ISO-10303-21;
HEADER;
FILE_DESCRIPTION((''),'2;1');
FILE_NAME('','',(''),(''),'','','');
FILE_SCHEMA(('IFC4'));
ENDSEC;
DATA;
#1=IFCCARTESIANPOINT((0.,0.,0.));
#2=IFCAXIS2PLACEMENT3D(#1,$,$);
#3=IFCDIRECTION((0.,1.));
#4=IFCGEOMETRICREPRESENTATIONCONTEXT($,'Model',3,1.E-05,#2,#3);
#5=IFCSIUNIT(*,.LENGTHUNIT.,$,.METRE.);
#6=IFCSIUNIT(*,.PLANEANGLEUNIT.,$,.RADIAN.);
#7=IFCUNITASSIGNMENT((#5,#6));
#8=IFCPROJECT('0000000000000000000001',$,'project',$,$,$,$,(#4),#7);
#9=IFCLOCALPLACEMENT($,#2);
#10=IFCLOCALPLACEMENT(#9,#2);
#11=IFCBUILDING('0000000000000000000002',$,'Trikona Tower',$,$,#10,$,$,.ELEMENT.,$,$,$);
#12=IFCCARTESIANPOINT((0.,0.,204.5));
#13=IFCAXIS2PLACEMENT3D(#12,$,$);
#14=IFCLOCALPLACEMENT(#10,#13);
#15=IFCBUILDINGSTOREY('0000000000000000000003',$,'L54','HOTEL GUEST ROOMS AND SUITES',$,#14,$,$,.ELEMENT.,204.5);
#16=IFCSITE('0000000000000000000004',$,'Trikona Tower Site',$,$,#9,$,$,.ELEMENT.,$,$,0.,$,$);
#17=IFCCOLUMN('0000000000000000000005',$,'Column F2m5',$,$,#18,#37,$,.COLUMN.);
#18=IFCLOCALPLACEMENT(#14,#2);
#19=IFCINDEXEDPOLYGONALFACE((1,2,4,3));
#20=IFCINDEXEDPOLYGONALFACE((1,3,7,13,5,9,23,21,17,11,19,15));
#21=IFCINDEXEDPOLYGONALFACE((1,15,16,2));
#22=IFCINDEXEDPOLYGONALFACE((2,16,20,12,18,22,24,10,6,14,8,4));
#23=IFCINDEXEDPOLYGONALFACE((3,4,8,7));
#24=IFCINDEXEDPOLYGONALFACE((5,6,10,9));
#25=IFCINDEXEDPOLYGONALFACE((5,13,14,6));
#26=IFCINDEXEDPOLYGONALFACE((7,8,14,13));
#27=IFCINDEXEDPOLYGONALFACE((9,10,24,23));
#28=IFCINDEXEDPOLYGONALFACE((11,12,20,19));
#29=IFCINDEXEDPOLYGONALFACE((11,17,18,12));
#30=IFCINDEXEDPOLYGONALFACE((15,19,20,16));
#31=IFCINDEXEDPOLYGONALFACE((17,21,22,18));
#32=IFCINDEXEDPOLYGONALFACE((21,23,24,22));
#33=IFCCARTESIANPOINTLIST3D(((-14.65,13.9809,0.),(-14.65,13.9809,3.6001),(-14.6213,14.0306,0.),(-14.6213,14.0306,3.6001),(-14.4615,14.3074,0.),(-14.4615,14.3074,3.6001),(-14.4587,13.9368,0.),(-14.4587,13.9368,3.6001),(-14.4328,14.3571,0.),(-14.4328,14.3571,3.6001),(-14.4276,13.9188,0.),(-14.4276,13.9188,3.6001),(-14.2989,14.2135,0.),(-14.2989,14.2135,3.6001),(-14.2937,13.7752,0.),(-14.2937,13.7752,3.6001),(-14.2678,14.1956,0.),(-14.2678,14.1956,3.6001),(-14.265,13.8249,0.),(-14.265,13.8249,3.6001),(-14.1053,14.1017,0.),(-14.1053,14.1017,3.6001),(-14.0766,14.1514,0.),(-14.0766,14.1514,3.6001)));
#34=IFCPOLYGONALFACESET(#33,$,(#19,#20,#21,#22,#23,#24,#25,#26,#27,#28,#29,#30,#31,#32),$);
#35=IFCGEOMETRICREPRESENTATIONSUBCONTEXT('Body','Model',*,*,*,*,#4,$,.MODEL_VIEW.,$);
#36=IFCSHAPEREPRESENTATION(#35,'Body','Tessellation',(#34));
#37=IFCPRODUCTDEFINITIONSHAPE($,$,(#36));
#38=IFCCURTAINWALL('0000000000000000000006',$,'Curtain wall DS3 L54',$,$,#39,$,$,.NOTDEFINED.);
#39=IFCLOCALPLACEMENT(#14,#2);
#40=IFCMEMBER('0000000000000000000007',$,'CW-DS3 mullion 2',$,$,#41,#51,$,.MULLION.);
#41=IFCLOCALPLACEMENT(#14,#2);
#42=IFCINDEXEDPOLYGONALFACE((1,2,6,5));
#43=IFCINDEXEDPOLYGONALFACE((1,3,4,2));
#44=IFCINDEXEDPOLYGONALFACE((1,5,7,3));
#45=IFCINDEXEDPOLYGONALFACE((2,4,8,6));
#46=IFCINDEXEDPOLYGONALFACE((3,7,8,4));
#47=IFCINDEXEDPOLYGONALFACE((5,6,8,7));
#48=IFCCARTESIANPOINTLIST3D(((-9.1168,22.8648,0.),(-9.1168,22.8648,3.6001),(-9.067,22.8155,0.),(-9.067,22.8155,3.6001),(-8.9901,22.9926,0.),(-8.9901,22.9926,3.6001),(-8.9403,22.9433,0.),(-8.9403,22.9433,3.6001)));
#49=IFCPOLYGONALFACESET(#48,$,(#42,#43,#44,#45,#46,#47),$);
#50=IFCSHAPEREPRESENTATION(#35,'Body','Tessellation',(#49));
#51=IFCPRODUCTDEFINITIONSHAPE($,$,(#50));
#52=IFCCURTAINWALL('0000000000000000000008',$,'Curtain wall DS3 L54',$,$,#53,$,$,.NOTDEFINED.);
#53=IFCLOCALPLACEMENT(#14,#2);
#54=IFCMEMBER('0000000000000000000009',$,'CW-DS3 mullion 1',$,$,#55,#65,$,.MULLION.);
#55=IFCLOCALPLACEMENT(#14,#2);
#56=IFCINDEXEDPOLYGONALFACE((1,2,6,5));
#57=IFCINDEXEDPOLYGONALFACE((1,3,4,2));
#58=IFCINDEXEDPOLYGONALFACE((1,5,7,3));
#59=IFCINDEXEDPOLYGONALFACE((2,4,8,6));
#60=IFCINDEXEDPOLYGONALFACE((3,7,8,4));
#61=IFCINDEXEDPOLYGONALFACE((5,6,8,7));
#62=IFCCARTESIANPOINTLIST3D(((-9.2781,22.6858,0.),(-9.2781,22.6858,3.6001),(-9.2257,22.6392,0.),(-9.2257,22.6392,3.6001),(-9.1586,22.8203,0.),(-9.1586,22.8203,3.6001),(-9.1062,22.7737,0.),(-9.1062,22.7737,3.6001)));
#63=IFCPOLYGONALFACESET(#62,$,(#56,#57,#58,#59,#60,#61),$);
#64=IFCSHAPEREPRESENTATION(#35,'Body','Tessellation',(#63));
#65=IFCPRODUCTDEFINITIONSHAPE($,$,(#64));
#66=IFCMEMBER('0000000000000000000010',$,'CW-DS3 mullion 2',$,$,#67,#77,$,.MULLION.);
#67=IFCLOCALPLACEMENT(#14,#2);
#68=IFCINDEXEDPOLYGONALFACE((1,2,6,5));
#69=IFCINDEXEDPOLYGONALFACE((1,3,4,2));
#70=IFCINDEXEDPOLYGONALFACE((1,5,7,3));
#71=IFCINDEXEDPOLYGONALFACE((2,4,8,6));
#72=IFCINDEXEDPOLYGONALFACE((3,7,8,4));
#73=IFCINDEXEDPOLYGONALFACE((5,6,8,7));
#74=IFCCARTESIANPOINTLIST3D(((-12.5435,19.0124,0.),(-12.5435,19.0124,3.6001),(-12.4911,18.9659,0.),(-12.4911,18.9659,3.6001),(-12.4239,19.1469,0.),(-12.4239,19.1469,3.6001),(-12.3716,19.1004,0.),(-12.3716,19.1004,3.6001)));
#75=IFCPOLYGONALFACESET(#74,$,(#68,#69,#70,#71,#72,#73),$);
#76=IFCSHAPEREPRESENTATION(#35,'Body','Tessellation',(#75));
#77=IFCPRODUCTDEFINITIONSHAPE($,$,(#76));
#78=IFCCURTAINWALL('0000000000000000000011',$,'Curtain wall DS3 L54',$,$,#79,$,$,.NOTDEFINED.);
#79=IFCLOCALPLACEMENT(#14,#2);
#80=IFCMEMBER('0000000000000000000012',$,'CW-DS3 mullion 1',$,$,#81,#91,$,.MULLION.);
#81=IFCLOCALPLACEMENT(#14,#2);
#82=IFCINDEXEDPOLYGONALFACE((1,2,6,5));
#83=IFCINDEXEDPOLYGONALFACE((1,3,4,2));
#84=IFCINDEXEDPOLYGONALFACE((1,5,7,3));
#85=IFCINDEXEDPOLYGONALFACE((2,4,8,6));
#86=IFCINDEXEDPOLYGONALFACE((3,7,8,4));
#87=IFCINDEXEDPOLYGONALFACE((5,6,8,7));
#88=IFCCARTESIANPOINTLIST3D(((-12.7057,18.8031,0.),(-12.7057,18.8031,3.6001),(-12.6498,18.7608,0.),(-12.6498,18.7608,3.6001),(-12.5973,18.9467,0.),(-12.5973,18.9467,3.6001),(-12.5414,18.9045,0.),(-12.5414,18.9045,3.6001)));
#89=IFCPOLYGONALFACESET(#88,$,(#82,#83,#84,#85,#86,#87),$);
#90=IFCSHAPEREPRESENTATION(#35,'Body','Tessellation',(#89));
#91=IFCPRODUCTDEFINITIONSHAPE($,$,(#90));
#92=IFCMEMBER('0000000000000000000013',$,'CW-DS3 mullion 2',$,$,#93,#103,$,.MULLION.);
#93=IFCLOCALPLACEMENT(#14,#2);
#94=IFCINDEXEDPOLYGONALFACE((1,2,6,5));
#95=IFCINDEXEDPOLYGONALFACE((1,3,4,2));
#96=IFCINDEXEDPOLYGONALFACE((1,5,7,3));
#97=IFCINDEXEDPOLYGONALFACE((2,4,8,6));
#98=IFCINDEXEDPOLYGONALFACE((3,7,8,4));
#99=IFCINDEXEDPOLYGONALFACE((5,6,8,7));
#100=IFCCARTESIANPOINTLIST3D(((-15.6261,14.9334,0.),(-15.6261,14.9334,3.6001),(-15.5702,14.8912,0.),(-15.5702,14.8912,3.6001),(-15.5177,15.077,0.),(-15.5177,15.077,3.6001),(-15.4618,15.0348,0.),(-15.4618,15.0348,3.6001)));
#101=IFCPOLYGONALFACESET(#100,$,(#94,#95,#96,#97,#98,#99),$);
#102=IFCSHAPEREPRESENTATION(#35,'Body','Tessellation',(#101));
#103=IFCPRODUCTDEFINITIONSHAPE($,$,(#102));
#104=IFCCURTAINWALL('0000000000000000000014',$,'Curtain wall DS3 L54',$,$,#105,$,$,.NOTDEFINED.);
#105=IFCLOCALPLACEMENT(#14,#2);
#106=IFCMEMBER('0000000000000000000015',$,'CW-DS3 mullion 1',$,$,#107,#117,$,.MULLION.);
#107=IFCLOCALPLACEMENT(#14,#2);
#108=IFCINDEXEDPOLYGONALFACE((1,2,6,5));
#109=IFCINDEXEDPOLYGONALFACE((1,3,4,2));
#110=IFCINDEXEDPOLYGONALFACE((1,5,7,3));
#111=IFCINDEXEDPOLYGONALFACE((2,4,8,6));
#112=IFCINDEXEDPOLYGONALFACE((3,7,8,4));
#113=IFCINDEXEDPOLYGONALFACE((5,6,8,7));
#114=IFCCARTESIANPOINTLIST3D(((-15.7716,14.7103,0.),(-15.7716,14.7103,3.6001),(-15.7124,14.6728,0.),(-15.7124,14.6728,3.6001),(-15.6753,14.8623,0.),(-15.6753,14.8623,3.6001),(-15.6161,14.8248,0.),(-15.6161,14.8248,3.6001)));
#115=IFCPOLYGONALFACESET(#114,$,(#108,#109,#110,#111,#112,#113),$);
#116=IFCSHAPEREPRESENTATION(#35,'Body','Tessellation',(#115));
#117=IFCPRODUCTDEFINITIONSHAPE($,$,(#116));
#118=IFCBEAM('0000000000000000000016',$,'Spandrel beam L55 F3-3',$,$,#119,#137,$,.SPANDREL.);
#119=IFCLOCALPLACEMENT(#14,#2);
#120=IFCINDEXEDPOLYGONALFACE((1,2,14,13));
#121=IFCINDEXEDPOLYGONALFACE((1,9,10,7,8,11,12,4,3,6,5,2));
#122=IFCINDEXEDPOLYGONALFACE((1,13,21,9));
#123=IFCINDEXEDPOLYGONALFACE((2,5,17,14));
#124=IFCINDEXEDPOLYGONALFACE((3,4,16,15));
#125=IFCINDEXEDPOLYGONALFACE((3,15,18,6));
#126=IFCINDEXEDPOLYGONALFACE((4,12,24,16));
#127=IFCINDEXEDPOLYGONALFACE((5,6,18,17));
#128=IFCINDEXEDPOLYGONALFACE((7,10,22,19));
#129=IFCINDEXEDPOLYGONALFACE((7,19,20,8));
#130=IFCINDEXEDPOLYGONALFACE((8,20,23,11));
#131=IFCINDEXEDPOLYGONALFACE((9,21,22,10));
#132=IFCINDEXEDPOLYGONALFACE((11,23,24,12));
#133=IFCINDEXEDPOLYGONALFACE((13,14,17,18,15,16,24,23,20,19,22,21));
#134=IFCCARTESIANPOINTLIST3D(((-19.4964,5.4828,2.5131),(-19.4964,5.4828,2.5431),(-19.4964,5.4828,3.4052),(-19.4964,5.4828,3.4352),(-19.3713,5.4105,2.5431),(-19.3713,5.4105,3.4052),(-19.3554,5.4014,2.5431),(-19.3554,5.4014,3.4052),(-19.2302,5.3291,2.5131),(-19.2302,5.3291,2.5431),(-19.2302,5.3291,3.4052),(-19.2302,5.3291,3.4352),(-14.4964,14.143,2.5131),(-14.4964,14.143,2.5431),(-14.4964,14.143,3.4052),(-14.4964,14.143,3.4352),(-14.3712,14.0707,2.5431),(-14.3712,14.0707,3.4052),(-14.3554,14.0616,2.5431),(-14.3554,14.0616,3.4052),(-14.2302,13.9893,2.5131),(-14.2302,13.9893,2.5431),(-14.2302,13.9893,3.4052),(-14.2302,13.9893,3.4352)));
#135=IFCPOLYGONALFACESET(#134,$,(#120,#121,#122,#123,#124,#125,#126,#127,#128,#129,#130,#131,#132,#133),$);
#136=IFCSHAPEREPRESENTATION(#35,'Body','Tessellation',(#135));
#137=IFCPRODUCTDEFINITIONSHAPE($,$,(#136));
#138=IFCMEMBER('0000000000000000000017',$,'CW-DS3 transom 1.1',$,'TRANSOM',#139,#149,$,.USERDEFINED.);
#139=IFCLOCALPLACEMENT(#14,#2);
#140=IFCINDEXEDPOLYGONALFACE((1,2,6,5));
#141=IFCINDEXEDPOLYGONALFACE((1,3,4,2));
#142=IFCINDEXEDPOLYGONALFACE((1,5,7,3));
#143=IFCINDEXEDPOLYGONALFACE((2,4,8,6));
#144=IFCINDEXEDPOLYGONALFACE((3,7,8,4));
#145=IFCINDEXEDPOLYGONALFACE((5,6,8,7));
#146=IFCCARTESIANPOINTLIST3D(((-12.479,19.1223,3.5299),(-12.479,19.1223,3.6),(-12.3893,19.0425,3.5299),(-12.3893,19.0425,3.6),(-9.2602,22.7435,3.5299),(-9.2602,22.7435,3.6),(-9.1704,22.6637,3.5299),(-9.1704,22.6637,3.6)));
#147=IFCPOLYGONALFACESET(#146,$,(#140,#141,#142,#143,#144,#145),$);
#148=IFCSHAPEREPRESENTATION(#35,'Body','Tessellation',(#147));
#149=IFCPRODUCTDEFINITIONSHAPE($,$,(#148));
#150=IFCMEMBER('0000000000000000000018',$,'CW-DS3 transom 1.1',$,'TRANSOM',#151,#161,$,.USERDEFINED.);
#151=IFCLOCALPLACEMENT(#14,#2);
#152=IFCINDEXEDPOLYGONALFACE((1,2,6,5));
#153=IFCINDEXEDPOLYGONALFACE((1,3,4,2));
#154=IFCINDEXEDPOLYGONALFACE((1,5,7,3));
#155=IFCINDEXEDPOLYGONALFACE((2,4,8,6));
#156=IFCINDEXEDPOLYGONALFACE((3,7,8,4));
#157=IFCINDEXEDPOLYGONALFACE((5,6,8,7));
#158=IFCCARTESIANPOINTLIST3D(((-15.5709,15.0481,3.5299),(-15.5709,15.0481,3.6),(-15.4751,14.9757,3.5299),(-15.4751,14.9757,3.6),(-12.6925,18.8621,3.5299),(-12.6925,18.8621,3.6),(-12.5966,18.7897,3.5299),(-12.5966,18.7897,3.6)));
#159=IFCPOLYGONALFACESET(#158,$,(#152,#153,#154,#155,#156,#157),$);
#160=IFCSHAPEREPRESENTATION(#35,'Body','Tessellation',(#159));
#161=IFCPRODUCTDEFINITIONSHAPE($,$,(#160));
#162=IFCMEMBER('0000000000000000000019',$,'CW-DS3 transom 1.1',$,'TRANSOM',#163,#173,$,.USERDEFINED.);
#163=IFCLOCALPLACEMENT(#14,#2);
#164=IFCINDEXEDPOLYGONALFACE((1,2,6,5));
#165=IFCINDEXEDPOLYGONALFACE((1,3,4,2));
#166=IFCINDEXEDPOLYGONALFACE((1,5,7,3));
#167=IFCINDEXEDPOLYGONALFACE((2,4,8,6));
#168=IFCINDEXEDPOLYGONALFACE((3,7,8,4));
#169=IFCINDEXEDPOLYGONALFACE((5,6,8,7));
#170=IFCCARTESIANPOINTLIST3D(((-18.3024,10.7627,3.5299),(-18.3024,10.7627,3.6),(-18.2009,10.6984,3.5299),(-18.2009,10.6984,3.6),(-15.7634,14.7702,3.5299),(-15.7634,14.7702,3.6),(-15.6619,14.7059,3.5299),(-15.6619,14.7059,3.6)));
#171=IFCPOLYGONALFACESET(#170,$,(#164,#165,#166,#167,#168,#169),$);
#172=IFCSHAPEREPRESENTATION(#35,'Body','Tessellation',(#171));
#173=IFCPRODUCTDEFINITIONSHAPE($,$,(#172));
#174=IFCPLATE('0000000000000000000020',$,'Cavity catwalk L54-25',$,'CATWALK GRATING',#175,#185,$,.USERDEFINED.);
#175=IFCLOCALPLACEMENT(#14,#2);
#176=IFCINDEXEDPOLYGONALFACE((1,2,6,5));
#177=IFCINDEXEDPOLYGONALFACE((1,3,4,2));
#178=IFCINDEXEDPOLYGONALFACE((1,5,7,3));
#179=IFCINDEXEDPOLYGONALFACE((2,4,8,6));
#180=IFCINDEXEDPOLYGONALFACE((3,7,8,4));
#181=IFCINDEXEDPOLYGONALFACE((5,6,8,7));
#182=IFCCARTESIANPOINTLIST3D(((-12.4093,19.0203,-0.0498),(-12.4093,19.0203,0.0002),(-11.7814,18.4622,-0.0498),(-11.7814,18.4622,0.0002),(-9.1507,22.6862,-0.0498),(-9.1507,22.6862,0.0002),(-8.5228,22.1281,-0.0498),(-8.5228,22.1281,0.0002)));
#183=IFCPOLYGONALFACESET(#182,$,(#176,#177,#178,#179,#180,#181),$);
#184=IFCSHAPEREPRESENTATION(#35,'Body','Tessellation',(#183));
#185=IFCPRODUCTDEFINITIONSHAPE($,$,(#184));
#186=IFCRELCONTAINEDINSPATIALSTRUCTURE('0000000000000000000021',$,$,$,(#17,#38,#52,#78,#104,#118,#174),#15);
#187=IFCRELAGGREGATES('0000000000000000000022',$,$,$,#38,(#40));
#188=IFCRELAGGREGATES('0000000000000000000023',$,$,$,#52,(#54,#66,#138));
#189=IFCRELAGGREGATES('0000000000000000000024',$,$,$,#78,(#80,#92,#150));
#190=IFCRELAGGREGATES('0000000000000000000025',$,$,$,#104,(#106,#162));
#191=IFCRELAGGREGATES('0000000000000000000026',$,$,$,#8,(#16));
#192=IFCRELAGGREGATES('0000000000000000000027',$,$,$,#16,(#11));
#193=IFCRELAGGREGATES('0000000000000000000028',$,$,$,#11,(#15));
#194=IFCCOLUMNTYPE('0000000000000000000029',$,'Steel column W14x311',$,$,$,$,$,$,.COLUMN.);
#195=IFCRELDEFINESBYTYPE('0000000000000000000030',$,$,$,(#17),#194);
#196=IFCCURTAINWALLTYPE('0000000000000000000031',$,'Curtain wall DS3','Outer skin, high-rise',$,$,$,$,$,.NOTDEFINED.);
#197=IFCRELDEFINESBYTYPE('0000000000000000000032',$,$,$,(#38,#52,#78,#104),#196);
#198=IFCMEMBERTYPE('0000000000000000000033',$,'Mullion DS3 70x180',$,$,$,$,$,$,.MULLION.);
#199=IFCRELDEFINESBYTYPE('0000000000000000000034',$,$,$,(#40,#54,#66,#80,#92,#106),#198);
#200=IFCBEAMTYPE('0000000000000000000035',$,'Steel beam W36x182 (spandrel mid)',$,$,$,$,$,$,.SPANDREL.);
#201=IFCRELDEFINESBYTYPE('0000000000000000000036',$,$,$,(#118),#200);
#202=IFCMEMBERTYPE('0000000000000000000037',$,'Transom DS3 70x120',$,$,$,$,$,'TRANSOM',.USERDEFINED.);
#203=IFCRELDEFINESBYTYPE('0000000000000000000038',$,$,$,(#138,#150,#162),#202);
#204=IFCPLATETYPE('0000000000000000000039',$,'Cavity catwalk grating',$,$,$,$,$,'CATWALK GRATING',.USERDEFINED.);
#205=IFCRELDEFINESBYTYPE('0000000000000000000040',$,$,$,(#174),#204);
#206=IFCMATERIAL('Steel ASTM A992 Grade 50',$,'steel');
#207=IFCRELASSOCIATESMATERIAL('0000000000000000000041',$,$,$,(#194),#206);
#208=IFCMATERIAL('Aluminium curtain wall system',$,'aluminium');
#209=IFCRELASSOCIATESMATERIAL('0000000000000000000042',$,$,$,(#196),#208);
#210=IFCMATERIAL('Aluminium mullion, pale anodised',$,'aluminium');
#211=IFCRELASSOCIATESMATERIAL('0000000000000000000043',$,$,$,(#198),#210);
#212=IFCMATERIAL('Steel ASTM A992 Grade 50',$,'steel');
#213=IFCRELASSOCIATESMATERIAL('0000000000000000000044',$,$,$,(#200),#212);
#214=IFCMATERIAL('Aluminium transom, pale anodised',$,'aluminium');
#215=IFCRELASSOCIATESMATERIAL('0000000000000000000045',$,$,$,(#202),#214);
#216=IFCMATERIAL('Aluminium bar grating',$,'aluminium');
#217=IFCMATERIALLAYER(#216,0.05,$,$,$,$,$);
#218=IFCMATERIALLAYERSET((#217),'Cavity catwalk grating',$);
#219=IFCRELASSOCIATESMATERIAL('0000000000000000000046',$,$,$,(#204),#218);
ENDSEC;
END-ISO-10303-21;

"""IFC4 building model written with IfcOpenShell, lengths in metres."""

from ifc_helpers import new_model, si_unit, direction, frame, origin, origin_2d, place, context, subcontext, project, spatial, rectangle, i_section, extrude, material, layer, layer_set, material_profile, profile_set, type_object, element, aggregate, save


model = new_model("IFC4")

# Units and contexts
model_context = context("Model", 3, precision=1e-05, world=origin(), true_north=direction((0.0, 1.0)))
body_context = subcontext(model_context, "Body", "Model", "MODEL_VIEW")
ifc_project = project(units=[si_unit("LENGTHUNIT", "METRE"), si_unit("PLANEANGLEUNIT", "RADIAN")], contexts=[model_context])

# Site, building, storey
site_placement = place(None, origin())
site = spatial("IfcSite", under=ifc_project, at=site_placement, Name="Trikona Tower Site", CompositionType="ELEMENT", RefElevation=0.0)
building_placement = place(site_placement, origin())
building = spatial("IfcBuilding", under=site, at=building_placement, Name="Trikona Tower", CompositionType="ELEMENT")
storey_placement = place(building_placement, frame((0.0, 0.0, 204.5)))
storey = spatial("IfcBuildingStorey", under=building, at=storey_placement, Name="L54", Description="HOTEL GUEST ROOMS AND SUITES", CompositionType="ELEMENT", Elevation=204.5)

# Column
ifc_material_1 = material(Name="Steel ASTM A992 Grade 50", Category="steel")
ifc_material_profile_1 = material_profile(ifc_material_1, i_section(OverallWidth=0.4114, OverallDepth=0.4343, WebThickness=0.0359, FlangeThickness=0.0574, at=origin_2d()), Name="W14X311")
ifc_profile_set_1 = profile_set([ifc_material_profile_1], Name="Steel ASTM A992 Grade 50")
column_type = type_object("IfcColumnType", Name="Steel column W14x311", PredefinedType="COLUMN", material=ifc_profile_set_1)
column_placement = place(storey_placement, frame((-14.3633, 14.0662, 0.0), z_axis=(0.0, 0.0, 1.0), x_axis=(-0.866025, 0.5, 0.0)))
element("IfcColumn", 1, at=column_placement, inside=storey, type_object=column_type, Name="Column F2m5", PredefinedType="COLUMN", context=body_context, shape_type="SweptSolid", body=[
    extrude(i_section(OverallWidth=0.4114, OverallDepth=0.4343, WebThickness=0.0359, FlangeThickness=0.0574, at=origin_2d()), origin(), (0.0, 0.0, 1.0), 3.6001),
])

# Curtain wall, member
ifc_material_2 = material(Name="Aluminium curtain wall system", Category="aluminium")
curtain_wall_type = type_object("IfcCurtainWallType", Name="Curtain wall DS3", Description="Outer skin, high-rise", PredefinedType="NOTDEFINED", material=ifc_material_2)
curtain_wall_1_placement = place(storey_placement, origin())
curtain_wall_1 = element("IfcCurtainWall", 2, at=curtain_wall_1_placement, inside=storey, type_object=curtain_wall_type, Name="Curtain wall DS3 L54", PredefinedType="NOTDEFINED")
ifc_material_3 = material(Name="Aluminium mullion, pale anodised", Category="aluminium")
ifc_material_profile_2 = material_profile(ifc_material_3, rectangle(XDim=0.0701, YDim=0.1799, at=origin_2d()), Name="MUL-DS3")
ifc_profile_set_2 = profile_set([ifc_material_profile_2], Name="Aluminium mullion, pale anodised")
member_type_1 = type_object("IfcMemberType", Name="Mullion DS3 70x180", PredefinedType="MULLION", material=ifc_profile_set_2)
member_1_placement = place(storey_placement, frame((-9.0286, 22.9041, 0.0), z_axis=(0.0, 0.0, 1.0), x_axis=(0.710052, -0.704149, 0.0)))
member_1 = element("IfcMember", 3, at=member_1_placement, type_object=member_type_1, Name="CW-DS3 mullion 2", PredefinedType="MULLION", context=body_context, shape_type="SweptSolid", body=[
    extrude(rectangle(XDim=0.0701, YDim=0.1799, at=origin_2d()), origin(), (0.0, 0.0, 1.0), 3.6001),
])
aggregate(curtain_wall_1, [member_1])

# Curtain walls, members
curtain_wall_2_placement = place(storey_placement, origin())
curtain_wall_2 = element("IfcCurtainWall", 4, at=curtain_wall_2_placement, inside=storey, type_object=curtain_wall_type, Name="Curtain wall DS3 L54", PredefinedType="NOTDEFINED")
member_2_placement = place(storey_placement, frame((-9.1921, 22.7297, 0.0), z_axis=(0.0, 0.0, 1.0), x_axis=(0.747403, -0.664371, 0.0)))
member_2 = element("IfcMember", 5, at=member_2_placement, type_object=member_type_1, Name="CW-DS3 mullion 1", PredefinedType="MULLION", context=body_context, shape_type="SweptSolid", body=[
    extrude(rectangle(XDim=0.0701, YDim=0.1799, at=origin_2d()), origin(), (0.0, 0.0, 1.0), 3.6001),
])
member_3_placement = place(storey_placement, frame((-12.4575, 19.0564, 0.0), z_axis=(0.0, 0.0, 1.0), x_axis=(0.747403, -0.664371, 0.0)))
member_3 = element("IfcMember", 6, at=member_3_placement, type_object=member_type_1, Name="CW-DS3 mullion 2", PredefinedType="MULLION", context=body_context, shape_type="SweptSolid", body=[
    extrude(rectangle(XDim=0.0701, YDim=0.1799, at=origin_2d()), origin(), (0.0, 0.0, 1.0), 3.6001),
])
curtain_wall_3_placement = place(storey_placement, origin())
curtain_wall_3 = element("IfcCurtainWall", 7, at=curtain_wall_3_placement, inside=storey, type_object=curtain_wall_type, Name="Curtain wall DS3 L54", PredefinedType="NOTDEFINED")
member_4_placement = place(storey_placement, frame((-12.6235, 18.8538, 0.0), z_axis=(0.0, 0.0, 1.0), x_axis=(0.798193, -0.602402, 0.0)))
member_4 = element("IfcMember", 8, at=member_4_placement, type_object=member_type_1, Name="CW-DS3 mullion 1", PredefinedType="MULLION", context=body_context, shape_type="SweptSolid", body=[
    extrude(rectangle(XDim=0.0701, YDim=0.1799, at=origin_2d()), origin(), (0.0, 0.0, 1.0), 3.6001),
])
member_5_placement = place(storey_placement, frame((-15.5439, 14.9841, 0.0), z_axis=(0.0, 0.0, 1.0), x_axis=(0.798193, -0.602402, 0.0)))
member_5 = element("IfcMember", 9, at=member_5_placement, type_object=member_type_1, Name="CW-DS3 mullion 2", PredefinedType="MULLION", context=body_context, shape_type="SweptSolid", body=[
    extrude(rectangle(XDim=0.0701, YDim=0.1799, at=origin_2d()), origin(), (0.0, 0.0, 1.0), 3.6001),
])

# Curtain wall, member
curtain_wall_4_placement = place(storey_placement, origin())
curtain_wall_4 = element("IfcCurtainWall", 10, at=curtain_wall_4_placement, inside=storey, type_object=curtain_wall_type, Name="Curtain wall DS3 L54", PredefinedType="NOTDEFINED")
member_6_placement = place(storey_placement, frame((-15.6938, 14.7676, 0.0), z_axis=(0.0, 0.0, 1.0), x_axis=(0.844727, -0.535197, 0.0)))
member_6 = element("IfcMember", 11, at=member_6_placement, type_object=member_type_1, Name="CW-DS3 mullion 1", PredefinedType="MULLION", context=body_context, shape_type="SweptSolid", body=[
    extrude(rectangle(XDim=0.0701, YDim=0.1799, at=origin_2d()), origin(), (0.0, 0.0, 1.0), 3.6001),
])

# Beam
ifc_material_4 = material(Name="Steel ASTM A992 Grade 50", Category="steel")
ifc_material_profile_3 = material_profile(ifc_material_4, i_section(OverallWidth=0.3074, OverallDepth=0.9221, WebThickness=0.0183, FlangeThickness=0.03, at=origin_2d()), Name="W36X182")
ifc_profile_set_3 = profile_set([ifc_material_profile_3], Name="Steel ASTM A992 Grade 50")
beam_type = type_object("IfcBeamType", Name="Steel beam W36x182 (spandrel mid)", PredefinedType="SPANDREL", material=ifc_profile_set_3)
beam_placement = place(storey_placement, frame((-14.3633, 14.0662, 2.9741), z_axis=(-0.500004, -0.866023, 0.0), x_axis=(0.866023, -0.500004, 0.0)))
element("IfcBeam", 12, at=beam_placement, inside=storey, type_object=beam_type, Name="Spandrel beam L55 F3-3", PredefinedType="SPANDREL", context=body_context, shape_type="SweptSolid", body=[
    extrude(i_section(OverallWidth=0.3074, OverallDepth=0.9221, WebThickness=0.0183, FlangeThickness=0.03, at=origin_2d()), origin(), (0.0, 0.0, 1.0), 10.0),
])

# Members
ifc_material_5 = material(Name="Aluminium transom, pale anodised", Category="aluminium")
ifc_material_profile_4 = material_profile(ifc_material_5, rectangle(XDim=0.1201, YDim=0.0701, at=origin_2d()), Name="TRN-DS3")
ifc_profile_set_4 = profile_set([ifc_material_profile_4], Name="Aluminium transom, pale anodised")
member_type_2 = type_object("IfcMemberType", Name="Transom DS3 70x120", ElementType="TRANSOM", PredefinedType="USERDEFINED", material=ifc_profile_set_4)
member_7_placement = place(storey_placement, frame((-9.2153, 22.7036, 3.5649), z_axis=(-0.664364, -0.747409, 0.0), x_axis=(0.747409, -0.664364, 0.0)))
member_7 = element("IfcMember", 13, at=member_7_placement, type_object=member_type_2, Name="CW-DS3 transom 1.1", ObjectType="TRANSOM", PredefinedType="USERDEFINED", context=body_context, shape_type="SweptSolid", body=[
    extrude(rectangle(XDim=0.1201, YDim=0.0701, at=origin_2d()), origin(), (0.0, 0.0, 1.0), 4.845),
])
member_8_placement = place(storey_placement, frame((-12.6445, 18.8259, 3.5649), z_axis=(-0.602401, -0.798194, 0.0), x_axis=(0.798194, -0.602401, 0.0)))
member_8 = element("IfcMember", 14, at=member_8_placement, type_object=member_type_2, Name="CW-DS3 transom 1.1", ObjectType="TRANSOM", PredefinedType="USERDEFINED", context=body_context, shape_type="SweptSolid", body=[
    extrude(rectangle(XDim=0.1201, YDim=0.0701, at=origin_2d()), origin(), (0.0, 0.0, 1.0), 4.7783),
])
member_9_placement = place(storey_placement, frame((-15.7126, 14.738, 3.5649), z_axis=(-0.535193, -0.84473, 0.0), x_axis=(0.84473, -0.535193, 0.0)))
member_9 = element("IfcMember", 15, at=member_9_placement, type_object=member_type_2, Name="CW-DS3 transom 1.1", ObjectType="TRANSOM", PredefinedType="USERDEFINED", context=body_context, shape_type="SweptSolid", body=[
    extrude(rectangle(XDim=0.1201, YDim=0.0701, at=origin_2d()), origin(), (0.0, 0.0, 1.0), 4.7441),
])

# Plate
ifc_material_6 = material(Name="Aluminium bar grating", Category="aluminium")
ifc_layer_1 = layer(ifc_material_6, 0.05)
ifc_layer_set_1 = layer_set([ifc_layer_1], Name="Cavity catwalk grating")
plate_type_1 = type_object("IfcPlateType", Name="Cavity catwalk grating", ElementType="CATWALK GRATING", PredefinedType="USERDEFINED", material=ifc_layer_set_1)
plate_1_placement = place(storey_placement, frame((-10.4661, 20.5742, -0.0498), z_axis=(0.0, 0.0, 1.0), x_axis=(-0.664367, -0.747406, 0.0)))
element("IfcPlate", 16, at=plate_1_placement, inside=storey, type_object=plate_type_1, Name="Cavity catwalk L54-25", ObjectType="CATWALK GRATING", PredefinedType="USERDEFINED", context=body_context, shape_type="SweptSolid", body=[
    extrude(rectangle(XDim=4.9048, YDim=0.8401, at=origin_2d()), origin(), (0.0, 0.0, 1.0), 0.05),
])

aggregate(curtain_wall_2, [member_2, member_3, member_7])
aggregate(curtain_wall_3, [member_4, member_5, member_8])
aggregate(curtain_wall_4, [member_6, member_9])

save(model, "model.ifc")
